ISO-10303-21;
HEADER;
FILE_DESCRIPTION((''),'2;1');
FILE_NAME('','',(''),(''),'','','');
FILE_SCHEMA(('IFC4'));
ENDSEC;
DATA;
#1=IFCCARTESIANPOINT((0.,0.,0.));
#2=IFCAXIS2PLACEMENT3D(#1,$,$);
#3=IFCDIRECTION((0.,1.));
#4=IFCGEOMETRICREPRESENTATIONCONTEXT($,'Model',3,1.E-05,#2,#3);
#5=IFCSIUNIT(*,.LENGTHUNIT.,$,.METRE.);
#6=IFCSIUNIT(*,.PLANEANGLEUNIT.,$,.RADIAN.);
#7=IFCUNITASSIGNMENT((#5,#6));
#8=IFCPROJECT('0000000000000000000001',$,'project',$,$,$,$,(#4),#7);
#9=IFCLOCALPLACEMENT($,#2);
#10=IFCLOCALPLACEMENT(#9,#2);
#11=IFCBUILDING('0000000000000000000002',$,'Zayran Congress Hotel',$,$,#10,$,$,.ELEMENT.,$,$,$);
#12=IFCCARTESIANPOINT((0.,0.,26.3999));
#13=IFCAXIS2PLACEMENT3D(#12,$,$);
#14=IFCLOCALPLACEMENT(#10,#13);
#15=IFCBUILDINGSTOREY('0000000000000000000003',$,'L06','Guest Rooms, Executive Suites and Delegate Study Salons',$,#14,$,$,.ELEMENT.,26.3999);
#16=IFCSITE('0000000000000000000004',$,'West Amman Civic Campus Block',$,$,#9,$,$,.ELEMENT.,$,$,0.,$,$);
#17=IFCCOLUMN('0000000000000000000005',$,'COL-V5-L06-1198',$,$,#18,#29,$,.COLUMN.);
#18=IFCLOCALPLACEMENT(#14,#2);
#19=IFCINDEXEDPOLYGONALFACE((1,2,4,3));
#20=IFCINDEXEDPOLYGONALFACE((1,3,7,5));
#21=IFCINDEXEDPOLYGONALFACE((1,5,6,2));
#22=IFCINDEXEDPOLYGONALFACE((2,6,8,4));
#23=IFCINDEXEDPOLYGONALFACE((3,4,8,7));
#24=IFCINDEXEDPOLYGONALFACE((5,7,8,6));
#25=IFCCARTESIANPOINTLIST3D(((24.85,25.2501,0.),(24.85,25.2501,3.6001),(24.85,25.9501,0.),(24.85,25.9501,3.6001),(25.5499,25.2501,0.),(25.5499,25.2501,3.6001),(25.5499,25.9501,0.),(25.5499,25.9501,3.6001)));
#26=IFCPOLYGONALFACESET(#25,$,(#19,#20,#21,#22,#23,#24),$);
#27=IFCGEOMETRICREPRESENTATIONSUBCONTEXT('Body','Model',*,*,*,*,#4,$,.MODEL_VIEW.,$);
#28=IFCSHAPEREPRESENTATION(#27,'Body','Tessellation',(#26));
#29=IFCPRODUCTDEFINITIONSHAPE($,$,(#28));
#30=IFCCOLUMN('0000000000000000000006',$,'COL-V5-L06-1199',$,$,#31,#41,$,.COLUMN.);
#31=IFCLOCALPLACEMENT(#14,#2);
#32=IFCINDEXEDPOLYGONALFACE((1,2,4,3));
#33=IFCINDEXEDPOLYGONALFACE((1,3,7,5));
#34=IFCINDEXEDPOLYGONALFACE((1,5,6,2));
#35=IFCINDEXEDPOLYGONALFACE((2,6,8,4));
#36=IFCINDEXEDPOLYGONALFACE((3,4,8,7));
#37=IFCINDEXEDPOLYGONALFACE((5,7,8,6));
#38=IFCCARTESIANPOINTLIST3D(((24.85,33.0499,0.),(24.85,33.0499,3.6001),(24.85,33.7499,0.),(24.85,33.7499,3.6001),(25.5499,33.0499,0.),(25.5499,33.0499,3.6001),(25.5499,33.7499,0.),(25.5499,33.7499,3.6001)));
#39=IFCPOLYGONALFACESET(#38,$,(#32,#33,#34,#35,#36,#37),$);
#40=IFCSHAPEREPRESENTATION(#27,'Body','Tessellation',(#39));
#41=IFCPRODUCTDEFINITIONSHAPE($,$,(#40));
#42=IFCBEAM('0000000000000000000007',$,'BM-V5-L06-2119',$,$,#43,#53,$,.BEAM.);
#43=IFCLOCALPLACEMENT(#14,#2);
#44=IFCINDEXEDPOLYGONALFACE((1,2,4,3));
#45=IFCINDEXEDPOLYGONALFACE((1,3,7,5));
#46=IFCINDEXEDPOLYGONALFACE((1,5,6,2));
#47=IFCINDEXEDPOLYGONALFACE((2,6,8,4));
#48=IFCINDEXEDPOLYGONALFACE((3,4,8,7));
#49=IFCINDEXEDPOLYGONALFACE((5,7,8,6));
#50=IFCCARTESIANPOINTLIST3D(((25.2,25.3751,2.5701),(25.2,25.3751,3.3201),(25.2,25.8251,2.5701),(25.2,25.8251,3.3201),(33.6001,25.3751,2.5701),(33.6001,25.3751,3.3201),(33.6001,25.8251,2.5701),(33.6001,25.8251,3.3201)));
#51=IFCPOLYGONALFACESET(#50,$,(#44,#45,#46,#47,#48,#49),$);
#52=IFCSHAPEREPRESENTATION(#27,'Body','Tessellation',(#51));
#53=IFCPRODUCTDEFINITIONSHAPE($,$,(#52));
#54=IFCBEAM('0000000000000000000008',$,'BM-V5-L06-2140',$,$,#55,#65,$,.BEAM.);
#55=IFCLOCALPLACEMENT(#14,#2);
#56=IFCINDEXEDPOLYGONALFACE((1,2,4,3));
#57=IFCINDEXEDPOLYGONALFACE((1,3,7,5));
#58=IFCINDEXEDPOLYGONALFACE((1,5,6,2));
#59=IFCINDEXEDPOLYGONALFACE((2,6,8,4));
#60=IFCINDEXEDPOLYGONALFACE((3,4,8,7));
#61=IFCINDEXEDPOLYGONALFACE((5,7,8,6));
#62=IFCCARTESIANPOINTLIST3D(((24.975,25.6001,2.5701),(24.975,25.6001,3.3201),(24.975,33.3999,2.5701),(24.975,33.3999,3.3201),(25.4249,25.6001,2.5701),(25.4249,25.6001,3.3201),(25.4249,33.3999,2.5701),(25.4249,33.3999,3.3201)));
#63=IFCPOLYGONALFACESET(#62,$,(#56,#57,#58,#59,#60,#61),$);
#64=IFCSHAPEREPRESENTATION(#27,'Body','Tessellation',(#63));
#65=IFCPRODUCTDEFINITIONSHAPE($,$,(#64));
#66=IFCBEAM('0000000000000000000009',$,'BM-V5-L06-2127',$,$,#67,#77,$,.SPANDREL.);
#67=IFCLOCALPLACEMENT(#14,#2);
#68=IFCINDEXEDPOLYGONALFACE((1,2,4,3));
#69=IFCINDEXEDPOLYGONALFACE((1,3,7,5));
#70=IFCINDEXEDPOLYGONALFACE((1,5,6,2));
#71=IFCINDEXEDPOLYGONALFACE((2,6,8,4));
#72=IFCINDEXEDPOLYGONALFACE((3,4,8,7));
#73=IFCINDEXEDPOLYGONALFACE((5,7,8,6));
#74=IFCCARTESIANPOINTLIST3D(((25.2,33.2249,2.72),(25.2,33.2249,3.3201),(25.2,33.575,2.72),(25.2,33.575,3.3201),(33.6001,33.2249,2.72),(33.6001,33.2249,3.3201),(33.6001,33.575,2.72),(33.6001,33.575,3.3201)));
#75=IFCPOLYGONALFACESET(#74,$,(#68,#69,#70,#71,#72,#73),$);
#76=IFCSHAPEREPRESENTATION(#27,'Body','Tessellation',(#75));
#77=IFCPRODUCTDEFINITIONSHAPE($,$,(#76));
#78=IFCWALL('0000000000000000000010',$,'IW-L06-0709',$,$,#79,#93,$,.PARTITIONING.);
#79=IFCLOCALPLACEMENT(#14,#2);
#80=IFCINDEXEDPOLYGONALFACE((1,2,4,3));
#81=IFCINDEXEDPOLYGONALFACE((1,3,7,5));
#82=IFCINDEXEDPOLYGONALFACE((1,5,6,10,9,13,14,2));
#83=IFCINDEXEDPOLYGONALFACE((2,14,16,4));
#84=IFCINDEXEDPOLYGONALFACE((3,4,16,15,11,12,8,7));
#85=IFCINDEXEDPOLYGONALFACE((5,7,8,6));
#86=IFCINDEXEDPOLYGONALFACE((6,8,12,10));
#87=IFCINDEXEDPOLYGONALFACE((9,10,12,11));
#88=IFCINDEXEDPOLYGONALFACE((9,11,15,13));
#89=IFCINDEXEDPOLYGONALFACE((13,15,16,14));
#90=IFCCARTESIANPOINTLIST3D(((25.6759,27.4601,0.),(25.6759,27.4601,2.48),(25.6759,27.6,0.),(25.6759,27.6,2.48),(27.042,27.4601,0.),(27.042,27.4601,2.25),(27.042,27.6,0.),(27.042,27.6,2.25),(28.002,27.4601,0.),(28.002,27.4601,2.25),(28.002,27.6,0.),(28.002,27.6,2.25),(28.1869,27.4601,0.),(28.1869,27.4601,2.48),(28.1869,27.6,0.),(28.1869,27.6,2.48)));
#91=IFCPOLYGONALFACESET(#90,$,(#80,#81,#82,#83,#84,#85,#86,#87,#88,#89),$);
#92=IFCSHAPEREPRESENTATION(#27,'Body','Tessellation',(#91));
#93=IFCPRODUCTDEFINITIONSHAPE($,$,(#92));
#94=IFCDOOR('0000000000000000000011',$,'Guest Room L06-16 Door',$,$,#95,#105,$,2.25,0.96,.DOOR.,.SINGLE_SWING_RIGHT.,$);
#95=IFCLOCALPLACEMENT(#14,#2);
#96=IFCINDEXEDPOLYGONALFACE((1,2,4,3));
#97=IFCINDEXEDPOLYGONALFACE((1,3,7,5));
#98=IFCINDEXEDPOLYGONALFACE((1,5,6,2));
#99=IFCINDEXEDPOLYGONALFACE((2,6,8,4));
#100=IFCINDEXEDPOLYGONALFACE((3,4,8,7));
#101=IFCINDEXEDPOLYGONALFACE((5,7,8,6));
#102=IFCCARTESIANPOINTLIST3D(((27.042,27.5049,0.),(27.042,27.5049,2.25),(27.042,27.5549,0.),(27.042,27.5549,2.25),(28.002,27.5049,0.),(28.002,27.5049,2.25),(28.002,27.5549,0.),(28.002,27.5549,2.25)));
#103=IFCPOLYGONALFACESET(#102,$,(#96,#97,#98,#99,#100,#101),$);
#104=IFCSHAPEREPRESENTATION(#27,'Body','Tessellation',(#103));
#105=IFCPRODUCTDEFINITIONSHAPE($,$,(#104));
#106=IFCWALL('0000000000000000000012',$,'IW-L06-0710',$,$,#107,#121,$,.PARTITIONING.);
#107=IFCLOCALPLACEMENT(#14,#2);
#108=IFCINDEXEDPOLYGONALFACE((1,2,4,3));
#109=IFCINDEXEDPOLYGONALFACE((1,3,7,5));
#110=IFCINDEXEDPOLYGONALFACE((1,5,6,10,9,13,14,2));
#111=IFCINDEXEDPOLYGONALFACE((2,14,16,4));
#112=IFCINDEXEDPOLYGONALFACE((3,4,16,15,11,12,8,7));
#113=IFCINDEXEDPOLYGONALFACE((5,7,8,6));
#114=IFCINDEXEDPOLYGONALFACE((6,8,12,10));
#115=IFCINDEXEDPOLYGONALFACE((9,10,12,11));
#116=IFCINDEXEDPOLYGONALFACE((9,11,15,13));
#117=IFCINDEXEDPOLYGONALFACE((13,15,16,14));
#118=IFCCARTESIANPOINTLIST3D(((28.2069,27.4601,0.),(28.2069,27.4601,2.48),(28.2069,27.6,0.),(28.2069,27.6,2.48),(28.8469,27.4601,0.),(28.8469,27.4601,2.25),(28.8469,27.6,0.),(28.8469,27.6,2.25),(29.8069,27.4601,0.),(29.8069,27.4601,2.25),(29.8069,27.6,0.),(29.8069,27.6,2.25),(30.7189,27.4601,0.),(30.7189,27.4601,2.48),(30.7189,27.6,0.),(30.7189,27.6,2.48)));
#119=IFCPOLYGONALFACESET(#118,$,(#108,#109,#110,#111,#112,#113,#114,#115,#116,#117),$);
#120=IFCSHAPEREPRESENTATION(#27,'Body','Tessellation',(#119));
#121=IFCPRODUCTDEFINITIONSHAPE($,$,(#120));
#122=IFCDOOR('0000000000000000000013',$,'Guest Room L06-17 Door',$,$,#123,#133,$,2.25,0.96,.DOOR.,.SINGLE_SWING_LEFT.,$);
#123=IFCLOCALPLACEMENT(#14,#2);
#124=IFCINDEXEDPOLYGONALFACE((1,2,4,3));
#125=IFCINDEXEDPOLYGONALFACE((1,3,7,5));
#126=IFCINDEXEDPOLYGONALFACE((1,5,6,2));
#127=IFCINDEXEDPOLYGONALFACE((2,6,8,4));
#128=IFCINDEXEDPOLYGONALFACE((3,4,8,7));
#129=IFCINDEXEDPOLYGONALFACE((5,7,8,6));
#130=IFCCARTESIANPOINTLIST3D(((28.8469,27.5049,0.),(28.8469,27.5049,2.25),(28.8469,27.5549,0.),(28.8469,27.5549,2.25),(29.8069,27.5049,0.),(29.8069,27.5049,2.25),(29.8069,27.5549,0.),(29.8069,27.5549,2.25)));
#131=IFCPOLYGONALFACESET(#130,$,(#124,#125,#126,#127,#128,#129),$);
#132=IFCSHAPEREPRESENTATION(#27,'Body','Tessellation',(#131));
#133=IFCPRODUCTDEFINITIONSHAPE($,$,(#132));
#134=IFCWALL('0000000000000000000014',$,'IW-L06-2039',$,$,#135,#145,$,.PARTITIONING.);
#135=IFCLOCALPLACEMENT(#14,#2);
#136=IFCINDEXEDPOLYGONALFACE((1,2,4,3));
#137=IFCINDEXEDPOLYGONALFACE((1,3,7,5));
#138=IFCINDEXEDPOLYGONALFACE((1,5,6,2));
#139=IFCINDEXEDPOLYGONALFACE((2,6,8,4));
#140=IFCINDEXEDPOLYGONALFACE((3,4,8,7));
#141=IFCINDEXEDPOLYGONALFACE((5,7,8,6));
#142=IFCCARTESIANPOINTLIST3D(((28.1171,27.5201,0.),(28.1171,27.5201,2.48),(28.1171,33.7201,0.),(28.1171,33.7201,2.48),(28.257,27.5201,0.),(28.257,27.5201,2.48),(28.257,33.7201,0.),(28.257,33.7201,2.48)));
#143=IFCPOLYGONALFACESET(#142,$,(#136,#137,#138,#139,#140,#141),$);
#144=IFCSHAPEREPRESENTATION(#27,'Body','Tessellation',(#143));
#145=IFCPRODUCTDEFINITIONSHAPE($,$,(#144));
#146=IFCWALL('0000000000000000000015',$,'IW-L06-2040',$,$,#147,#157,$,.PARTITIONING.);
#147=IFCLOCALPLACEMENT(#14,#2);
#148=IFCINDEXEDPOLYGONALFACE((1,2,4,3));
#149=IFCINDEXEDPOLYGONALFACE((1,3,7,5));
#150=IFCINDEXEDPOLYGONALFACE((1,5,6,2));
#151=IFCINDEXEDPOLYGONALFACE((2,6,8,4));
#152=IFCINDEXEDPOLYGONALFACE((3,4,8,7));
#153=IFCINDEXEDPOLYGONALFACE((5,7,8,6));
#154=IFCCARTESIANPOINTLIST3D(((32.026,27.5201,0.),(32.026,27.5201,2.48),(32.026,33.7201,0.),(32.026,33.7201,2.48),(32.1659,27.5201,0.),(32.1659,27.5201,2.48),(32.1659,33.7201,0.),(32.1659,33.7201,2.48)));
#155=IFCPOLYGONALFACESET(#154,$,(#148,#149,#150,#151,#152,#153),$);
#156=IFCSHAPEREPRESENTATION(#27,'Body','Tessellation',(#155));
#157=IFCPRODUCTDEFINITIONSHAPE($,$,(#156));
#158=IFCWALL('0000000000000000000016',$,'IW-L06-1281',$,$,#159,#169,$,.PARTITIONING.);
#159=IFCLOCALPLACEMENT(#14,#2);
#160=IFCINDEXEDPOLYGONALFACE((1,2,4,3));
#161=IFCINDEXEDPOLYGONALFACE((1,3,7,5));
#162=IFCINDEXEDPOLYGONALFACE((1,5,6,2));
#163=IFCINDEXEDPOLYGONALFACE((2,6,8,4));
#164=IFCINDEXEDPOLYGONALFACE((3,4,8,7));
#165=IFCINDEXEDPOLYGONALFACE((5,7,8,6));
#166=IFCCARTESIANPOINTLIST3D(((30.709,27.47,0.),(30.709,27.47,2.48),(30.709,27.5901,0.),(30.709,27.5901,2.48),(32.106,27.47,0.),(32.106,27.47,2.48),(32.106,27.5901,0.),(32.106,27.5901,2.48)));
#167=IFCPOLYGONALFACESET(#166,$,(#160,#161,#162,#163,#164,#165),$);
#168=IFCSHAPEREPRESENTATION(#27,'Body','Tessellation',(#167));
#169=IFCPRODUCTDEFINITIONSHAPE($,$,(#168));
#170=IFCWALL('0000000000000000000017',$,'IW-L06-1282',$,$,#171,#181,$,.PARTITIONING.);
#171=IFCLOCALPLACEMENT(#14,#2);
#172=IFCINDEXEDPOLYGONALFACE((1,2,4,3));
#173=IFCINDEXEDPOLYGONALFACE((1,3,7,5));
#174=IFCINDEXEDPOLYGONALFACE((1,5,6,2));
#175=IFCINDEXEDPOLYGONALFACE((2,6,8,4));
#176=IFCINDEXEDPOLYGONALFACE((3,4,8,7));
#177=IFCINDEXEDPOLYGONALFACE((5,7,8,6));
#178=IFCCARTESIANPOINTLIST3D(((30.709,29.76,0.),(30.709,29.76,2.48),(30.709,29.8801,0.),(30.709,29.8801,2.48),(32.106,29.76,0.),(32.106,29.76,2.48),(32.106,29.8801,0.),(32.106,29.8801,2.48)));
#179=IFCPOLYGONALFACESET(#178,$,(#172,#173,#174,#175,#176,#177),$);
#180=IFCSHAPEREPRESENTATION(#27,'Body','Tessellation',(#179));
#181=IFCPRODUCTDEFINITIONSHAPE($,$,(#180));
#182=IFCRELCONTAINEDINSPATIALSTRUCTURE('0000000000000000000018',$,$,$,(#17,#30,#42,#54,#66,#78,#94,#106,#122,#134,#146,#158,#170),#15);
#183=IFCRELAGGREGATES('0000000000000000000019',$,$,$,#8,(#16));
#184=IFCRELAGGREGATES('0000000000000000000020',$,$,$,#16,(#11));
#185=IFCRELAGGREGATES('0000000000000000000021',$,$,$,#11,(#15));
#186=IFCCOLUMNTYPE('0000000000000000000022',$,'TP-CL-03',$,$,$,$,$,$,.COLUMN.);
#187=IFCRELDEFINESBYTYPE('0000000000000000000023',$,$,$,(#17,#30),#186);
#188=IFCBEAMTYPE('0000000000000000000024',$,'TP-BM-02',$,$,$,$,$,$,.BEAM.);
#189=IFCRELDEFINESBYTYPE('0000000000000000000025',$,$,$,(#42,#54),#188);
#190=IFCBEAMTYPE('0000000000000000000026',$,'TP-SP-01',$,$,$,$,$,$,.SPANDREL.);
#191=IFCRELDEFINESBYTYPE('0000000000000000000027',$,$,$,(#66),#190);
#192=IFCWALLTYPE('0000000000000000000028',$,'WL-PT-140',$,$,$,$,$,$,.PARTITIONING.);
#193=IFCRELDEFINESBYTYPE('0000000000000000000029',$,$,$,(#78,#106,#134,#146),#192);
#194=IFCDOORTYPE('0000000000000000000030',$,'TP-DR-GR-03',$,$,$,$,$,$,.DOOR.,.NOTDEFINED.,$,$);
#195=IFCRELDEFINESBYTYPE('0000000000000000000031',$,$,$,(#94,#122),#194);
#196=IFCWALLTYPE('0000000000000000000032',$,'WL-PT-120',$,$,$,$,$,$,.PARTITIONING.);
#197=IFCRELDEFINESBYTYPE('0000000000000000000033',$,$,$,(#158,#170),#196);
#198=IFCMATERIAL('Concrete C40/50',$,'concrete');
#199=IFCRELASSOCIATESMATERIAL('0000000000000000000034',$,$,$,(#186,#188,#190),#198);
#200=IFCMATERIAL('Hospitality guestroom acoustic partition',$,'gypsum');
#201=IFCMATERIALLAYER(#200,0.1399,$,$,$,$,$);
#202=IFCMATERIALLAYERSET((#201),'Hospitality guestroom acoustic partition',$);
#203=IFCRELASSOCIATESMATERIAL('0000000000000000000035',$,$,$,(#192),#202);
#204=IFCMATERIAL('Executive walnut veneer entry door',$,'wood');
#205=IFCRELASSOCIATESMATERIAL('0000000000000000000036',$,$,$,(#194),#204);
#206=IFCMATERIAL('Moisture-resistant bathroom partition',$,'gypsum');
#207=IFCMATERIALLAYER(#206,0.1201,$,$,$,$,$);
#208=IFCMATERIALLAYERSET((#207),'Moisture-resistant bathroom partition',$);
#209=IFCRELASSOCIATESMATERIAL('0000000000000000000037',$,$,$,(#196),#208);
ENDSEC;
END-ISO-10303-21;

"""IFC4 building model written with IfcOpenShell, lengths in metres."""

from ifc_helpers import new_model, si_unit, direction, frame, frame_2d, origin, origin_2d, place, context, subcontext, project, spatial, rectangle, extrude, material, layer, layer_set, material_profile, profile_set, type_object, element, fill, save


model = new_model("IFC4")

# Units and contexts
model_context = context("Model", 3, precision=1e-05, world=origin(), true_north=direction((0.0, 1.0)))
body_context = subcontext(model_context, "Body", "Model", "MODEL_VIEW")
ifc_project = project(units=[si_unit("LENGTHUNIT", "METRE"), si_unit("PLANEANGLEUNIT", "RADIAN")], contexts=[model_context])

# Site, building, storey
site_placement = place(None, origin())
site = spatial("IfcSite", under=ifc_project, at=site_placement, Name="West Amman Civic Campus Block", CompositionType="ELEMENT", RefElevation=0.0)
building_placement = place(site_placement, origin())
building = spatial("IfcBuilding", under=site, at=building_placement, Name="Zayran Congress Hotel", CompositionType="ELEMENT")
storey_placement = place(building_placement, frame((0.0, 0.0, 26.3999)))
storey = spatial("IfcBuildingStorey", under=building, at=storey_placement, Name="L06", Description="Guest Rooms, Executive Suites and Delegate Study Salons", CompositionType="ELEMENT", Elevation=26.3999)

# Columns
ifc_material_1 = material(Name="Concrete C40/50", Category="concrete")
ifc_material_profile_1 = material_profile(ifc_material_1, rectangle(XDim=0.7, YDim=0.7, at=origin_2d()), Name="RC 700x700")
ifc_profile_set_1 = profile_set([ifc_material_profile_1], Name="Concrete C40/50")
column_type = type_object("IfcColumnType", Name="TP-CL-03", PredefinedType="COLUMN", material=ifc_profile_set_1)
for number, where, z_axis, x_axis, name in (
    (1, (25.2, 25.6001, 0.0), (0.0, 0.0, 1.0), (1.0, 0.0, 0.0), "COL-V5-L06-1198"),
    (2, (25.2, 33.3999, 0.0), (0.0, 0.0, 1.0), (1.0, 0.0, 0.0), "COL-V5-L06-1199"),
):
    element("IfcColumn", number, at=place(storey_placement, frame(where, z_axis=z_axis, x_axis=x_axis)), inside=storey, type_object=column_type, Name=name, PredefinedType="COLUMN", context=body_context, shape_type="SweptSolid", body=[
        extrude(rectangle(XDim=0.7, YDim=0.7, at=origin_2d()), origin(), (0.0, 0.0, 1.0), 3.6001),
    ])

# Beams
ifc_material_profile_2 = material_profile(ifc_material_1, rectangle(XDim=0.45, YDim=0.75, at=origin_2d()), Name="RC 450x750")
ifc_profile_set_2 = profile_set([ifc_material_profile_2], Name="Concrete C40/50")
beam_type_1 = type_object("IfcBeamType", Name="TP-BM-02", PredefinedType="BEAM", material=ifc_profile_set_2)
beam_1_placement = place(storey_placement, frame((25.2, 25.6001, 2.9451), z_axis=(1.0, 0.0, 0.0), x_axis=(0.0, 1.0, 0.0)))
element("IfcBeam", 3, at=beam_1_placement, inside=storey, type_object=beam_type_1, Name="BM-V5-L06-2119", PredefinedType="BEAM", context=body_context, shape_type="SweptSolid", body=[
    extrude(rectangle(XDim=0.45, YDim=0.75, at=origin_2d()), origin(), (0.0, 0.0, 1.0), 8.4001),
])
beam_2_placement = place(storey_placement, frame((25.2, 25.6001, 2.9451), z_axis=(0.0, 1.0, 0.0), x_axis=(-1.0, 0.0, 0.0)))
element("IfcBeam", 4, at=beam_2_placement, inside=storey, type_object=beam_type_1, Name="BM-V5-L06-2140", PredefinedType="BEAM", context=body_context, shape_type="SweptSolid", body=[
    extrude(rectangle(XDim=0.45, YDim=0.75, at=origin_2d()), origin(), (0.0, 0.0, 1.0), 7.7998),
])
ifc_material_profile_3 = material_profile(ifc_material_1, rectangle(XDim=0.3501, YDim=0.6001, at=origin_2d()), Name="RC 350x600")
ifc_profile_set_3 = profile_set([ifc_material_profile_3], Name="Concrete C40/50")
beam_type_2 = type_object("IfcBeamType", Name="TP-SP-01", PredefinedType="SPANDREL", material=ifc_profile_set_3)
beam_3_placement = place(storey_placement, frame((25.2, 33.3999, 3.02), z_axis=(1.0, 0.0, 0.0), x_axis=(0.0, 1.0, 0.0)))
element("IfcBeam", 5, at=beam_3_placement, inside=storey, type_object=beam_type_2, Name="BM-V5-L06-2127", PredefinedType="SPANDREL", context=body_context, shape_type="SweptSolid", body=[
    extrude(rectangle(XDim=0.3501, YDim=0.6001, at=origin_2d()), origin(), (0.0, 0.0, 1.0), 8.4001),
])

# Walls, openings, doors
ifc_material_2 = material(Name="Hospitality guestroom acoustic partition", Category="gypsum")
ifc_layer_1 = layer(ifc_material_2, 0.1399)
ifc_layer_set_1 = layer_set([ifc_layer_1], Name="Hospitality guestroom acoustic partition")
wall_type_1 = type_object("IfcWallType", Name="WL-PT-140", PredefinedType="PARTITIONING", material=ifc_layer_set_1)
wall_1_placement = place(storey_placement, frame((25.676, 27.53, 0.0), z_axis=(0.0, 0.0, 1.0), x_axis=(1.0, 0.0, 0.0)))
wall_1 = element("IfcWall", 6, at=wall_1_placement, inside=storey, type_object=wall_type_1, Name="IW-L06-0709", PredefinedType="PARTITIONING", context=body_context, shape_type="SweptSolid", body=[
    extrude(rectangle(XDim=2.511, YDim=0.1399, at=frame_2d((1.2554, 0.0))), origin(), (0.0, 0.0, 1.0), 2.48),
])
opening_1_placement = place(wall_1_placement, frame((1.366, 0.0, 0.0)))
opening_1 = element("IfcOpeningElement", 7, at=opening_1_placement, cuts=wall_1, PredefinedType="OPENING", context=body_context, shape_type="SweptSolid", body=[
    extrude(rectangle(XDim=0.96, YDim=2.25, at=frame_2d((0.48, 1.125))), frame((0.0, 0.0798, 0.0), z_axis=(0.0, -1.0, 0.0), x_axis=(1.0, 0.0, 0.0)), (0.0, 0.0, 1.0), 0.1599),
])
ifc_material_3 = material(Name="Executive walnut veneer entry door", Category="wood")
door_type_1 = type_object("IfcDoorType", Name="TP-DR-GR-03", OperationType="NOTDEFINED", PredefinedType="DOOR", material=ifc_material_3)
door_1_placement = place(opening_1_placement, origin())
door_1 = element("IfcDoor", 8, at=door_1_placement, inside=storey, type_object=door_type_1, Name="Guest Room L06-16 Door", OperationType="SINGLE_SWING_RIGHT", OverallHeight=2.25, OverallWidth=0.96, PredefinedType="DOOR", context=body_context, shape_type="SweptSolid", body=[
    extrude(rectangle(XDim=0.96, YDim=2.25, at=frame_2d((0.48, 1.125))), frame((0.0, 0.0249, 0.0), z_axis=(0.0, -1.0, 0.0), x_axis=(1.0, 0.0, 0.0)), (0.0, 0.0, 1.0), 0.05),
])
fill(opening_1, door_1)
wall_2_placement = place(storey_placement, frame((28.207, 27.53, 0.0), z_axis=(0.0, 0.0, 1.0), x_axis=(1.0, 0.0, 0.0)))
wall_2 = element("IfcWall", 9, at=wall_2_placement, inside=storey, type_object=wall_type_1, Name="IW-L06-0710", PredefinedType="PARTITIONING", context=body_context, shape_type="SweptSolid", body=[
    extrude(rectangle(XDim=2.512, YDim=0.1399, at=frame_2d((1.2559, 0.0))), origin(), (0.0, 0.0, 1.0), 2.48),
])
opening_2_placement = place(wall_2_placement, frame((0.6399, 0.0, 0.0)))
opening_2 = element("IfcOpeningElement", 10, at=opening_2_placement, cuts=wall_2, PredefinedType="OPENING", context=body_context, shape_type="SweptSolid", body=[
    extrude(rectangle(XDim=0.96, YDim=2.25, at=frame_2d((0.48, 1.125))), frame((0.0, 0.0798, 0.0), z_axis=(0.0, -1.0, 0.0), x_axis=(1.0, 0.0, 0.0)), (0.0, 0.0, 1.0), 0.1599),
])
door_2_placement = place(opening_2_placement, origin())
door_2 = element("IfcDoor", 11, at=door_2_placement, inside=storey, type_object=door_type_1, Name="Guest Room L06-17 Door", OperationType="SINGLE_SWING_LEFT", OverallHeight=2.25, OverallWidth=0.96, PredefinedType="DOOR", context=body_context, shape_type="SweptSolid", body=[
    extrude(rectangle(XDim=0.96, YDim=2.25, at=frame_2d((0.48, 1.125))), frame((0.0, 0.0249, 0.0), z_axis=(0.0, -1.0, 0.0), x_axis=(1.0, 0.0, 0.0)), (0.0, 0.0, 1.0), 0.05),
])
fill(opening_2, door_2)

# Walls
for number, where, z_axis, x_axis, name in (
    (12, (28.187, 27.52, 0.0), (0.0, 0.0, 1.0), (0.0, 1.0, 0.0), "IW-L06-2039"),
    (13, (32.0959, 27.52, 0.0), (0.0, 0.0, 1.0), (0.0, 1.0, 0.0), "IW-L06-2040"),
):
    element("IfcWall", number, at=place(storey_placement, frame(where, z_axis=z_axis, x_axis=x_axis)), inside=storey, type_object=wall_type_1, Name=name, PredefinedType="PARTITIONING", context=body_context, shape_type="SweptSolid", body=[
        extrude(rectangle(XDim=6.2, YDim=0.1399, at=frame_2d((3.1001, 0.0))), origin(), (0.0, 0.0, 1.0), 2.48),
    ])

# Shared definitions
ifc_material_4 = material(Name="Moisture-resistant bathroom partition", Category="gypsum")
ifc_layer_2 = layer(ifc_material_4, 0.1201)
ifc_layer_set_2 = layer_set([ifc_layer_2], Name="Moisture-resistant bathroom partition")
wall_type_2 = type_object("IfcWallType", Name="WL-PT-120", PredefinedType="PARTITIONING", material=ifc_layer_set_2)

# Walls
for number, where, z_axis, x_axis, name in (
    (14, (30.709, 27.53, 0.0), (0.0, 0.0, 1.0), (1.0, 0.0, 0.0), "IW-L06-1281"),
    (15, (30.709, 29.8201, 0.0), (0.0, 0.0, 1.0), (1.0, 0.0, 0.0), "IW-L06-1282"),
):
    element("IfcWall", number, at=place(storey_placement, frame(where, z_axis=z_axis, x_axis=x_axis)), inside=storey, type_object=wall_type_2, Name=name, PredefinedType="PARTITIONING", context=body_context, shape_type="SweptSolid", body=[
        extrude(rectangle(XDim=1.397, YDim=0.1201, at=frame_2d((0.6985, 0.0))), origin(), (0.0, 0.0, 1.0), 2.48),
    ])

save(model, "model.ifc")
